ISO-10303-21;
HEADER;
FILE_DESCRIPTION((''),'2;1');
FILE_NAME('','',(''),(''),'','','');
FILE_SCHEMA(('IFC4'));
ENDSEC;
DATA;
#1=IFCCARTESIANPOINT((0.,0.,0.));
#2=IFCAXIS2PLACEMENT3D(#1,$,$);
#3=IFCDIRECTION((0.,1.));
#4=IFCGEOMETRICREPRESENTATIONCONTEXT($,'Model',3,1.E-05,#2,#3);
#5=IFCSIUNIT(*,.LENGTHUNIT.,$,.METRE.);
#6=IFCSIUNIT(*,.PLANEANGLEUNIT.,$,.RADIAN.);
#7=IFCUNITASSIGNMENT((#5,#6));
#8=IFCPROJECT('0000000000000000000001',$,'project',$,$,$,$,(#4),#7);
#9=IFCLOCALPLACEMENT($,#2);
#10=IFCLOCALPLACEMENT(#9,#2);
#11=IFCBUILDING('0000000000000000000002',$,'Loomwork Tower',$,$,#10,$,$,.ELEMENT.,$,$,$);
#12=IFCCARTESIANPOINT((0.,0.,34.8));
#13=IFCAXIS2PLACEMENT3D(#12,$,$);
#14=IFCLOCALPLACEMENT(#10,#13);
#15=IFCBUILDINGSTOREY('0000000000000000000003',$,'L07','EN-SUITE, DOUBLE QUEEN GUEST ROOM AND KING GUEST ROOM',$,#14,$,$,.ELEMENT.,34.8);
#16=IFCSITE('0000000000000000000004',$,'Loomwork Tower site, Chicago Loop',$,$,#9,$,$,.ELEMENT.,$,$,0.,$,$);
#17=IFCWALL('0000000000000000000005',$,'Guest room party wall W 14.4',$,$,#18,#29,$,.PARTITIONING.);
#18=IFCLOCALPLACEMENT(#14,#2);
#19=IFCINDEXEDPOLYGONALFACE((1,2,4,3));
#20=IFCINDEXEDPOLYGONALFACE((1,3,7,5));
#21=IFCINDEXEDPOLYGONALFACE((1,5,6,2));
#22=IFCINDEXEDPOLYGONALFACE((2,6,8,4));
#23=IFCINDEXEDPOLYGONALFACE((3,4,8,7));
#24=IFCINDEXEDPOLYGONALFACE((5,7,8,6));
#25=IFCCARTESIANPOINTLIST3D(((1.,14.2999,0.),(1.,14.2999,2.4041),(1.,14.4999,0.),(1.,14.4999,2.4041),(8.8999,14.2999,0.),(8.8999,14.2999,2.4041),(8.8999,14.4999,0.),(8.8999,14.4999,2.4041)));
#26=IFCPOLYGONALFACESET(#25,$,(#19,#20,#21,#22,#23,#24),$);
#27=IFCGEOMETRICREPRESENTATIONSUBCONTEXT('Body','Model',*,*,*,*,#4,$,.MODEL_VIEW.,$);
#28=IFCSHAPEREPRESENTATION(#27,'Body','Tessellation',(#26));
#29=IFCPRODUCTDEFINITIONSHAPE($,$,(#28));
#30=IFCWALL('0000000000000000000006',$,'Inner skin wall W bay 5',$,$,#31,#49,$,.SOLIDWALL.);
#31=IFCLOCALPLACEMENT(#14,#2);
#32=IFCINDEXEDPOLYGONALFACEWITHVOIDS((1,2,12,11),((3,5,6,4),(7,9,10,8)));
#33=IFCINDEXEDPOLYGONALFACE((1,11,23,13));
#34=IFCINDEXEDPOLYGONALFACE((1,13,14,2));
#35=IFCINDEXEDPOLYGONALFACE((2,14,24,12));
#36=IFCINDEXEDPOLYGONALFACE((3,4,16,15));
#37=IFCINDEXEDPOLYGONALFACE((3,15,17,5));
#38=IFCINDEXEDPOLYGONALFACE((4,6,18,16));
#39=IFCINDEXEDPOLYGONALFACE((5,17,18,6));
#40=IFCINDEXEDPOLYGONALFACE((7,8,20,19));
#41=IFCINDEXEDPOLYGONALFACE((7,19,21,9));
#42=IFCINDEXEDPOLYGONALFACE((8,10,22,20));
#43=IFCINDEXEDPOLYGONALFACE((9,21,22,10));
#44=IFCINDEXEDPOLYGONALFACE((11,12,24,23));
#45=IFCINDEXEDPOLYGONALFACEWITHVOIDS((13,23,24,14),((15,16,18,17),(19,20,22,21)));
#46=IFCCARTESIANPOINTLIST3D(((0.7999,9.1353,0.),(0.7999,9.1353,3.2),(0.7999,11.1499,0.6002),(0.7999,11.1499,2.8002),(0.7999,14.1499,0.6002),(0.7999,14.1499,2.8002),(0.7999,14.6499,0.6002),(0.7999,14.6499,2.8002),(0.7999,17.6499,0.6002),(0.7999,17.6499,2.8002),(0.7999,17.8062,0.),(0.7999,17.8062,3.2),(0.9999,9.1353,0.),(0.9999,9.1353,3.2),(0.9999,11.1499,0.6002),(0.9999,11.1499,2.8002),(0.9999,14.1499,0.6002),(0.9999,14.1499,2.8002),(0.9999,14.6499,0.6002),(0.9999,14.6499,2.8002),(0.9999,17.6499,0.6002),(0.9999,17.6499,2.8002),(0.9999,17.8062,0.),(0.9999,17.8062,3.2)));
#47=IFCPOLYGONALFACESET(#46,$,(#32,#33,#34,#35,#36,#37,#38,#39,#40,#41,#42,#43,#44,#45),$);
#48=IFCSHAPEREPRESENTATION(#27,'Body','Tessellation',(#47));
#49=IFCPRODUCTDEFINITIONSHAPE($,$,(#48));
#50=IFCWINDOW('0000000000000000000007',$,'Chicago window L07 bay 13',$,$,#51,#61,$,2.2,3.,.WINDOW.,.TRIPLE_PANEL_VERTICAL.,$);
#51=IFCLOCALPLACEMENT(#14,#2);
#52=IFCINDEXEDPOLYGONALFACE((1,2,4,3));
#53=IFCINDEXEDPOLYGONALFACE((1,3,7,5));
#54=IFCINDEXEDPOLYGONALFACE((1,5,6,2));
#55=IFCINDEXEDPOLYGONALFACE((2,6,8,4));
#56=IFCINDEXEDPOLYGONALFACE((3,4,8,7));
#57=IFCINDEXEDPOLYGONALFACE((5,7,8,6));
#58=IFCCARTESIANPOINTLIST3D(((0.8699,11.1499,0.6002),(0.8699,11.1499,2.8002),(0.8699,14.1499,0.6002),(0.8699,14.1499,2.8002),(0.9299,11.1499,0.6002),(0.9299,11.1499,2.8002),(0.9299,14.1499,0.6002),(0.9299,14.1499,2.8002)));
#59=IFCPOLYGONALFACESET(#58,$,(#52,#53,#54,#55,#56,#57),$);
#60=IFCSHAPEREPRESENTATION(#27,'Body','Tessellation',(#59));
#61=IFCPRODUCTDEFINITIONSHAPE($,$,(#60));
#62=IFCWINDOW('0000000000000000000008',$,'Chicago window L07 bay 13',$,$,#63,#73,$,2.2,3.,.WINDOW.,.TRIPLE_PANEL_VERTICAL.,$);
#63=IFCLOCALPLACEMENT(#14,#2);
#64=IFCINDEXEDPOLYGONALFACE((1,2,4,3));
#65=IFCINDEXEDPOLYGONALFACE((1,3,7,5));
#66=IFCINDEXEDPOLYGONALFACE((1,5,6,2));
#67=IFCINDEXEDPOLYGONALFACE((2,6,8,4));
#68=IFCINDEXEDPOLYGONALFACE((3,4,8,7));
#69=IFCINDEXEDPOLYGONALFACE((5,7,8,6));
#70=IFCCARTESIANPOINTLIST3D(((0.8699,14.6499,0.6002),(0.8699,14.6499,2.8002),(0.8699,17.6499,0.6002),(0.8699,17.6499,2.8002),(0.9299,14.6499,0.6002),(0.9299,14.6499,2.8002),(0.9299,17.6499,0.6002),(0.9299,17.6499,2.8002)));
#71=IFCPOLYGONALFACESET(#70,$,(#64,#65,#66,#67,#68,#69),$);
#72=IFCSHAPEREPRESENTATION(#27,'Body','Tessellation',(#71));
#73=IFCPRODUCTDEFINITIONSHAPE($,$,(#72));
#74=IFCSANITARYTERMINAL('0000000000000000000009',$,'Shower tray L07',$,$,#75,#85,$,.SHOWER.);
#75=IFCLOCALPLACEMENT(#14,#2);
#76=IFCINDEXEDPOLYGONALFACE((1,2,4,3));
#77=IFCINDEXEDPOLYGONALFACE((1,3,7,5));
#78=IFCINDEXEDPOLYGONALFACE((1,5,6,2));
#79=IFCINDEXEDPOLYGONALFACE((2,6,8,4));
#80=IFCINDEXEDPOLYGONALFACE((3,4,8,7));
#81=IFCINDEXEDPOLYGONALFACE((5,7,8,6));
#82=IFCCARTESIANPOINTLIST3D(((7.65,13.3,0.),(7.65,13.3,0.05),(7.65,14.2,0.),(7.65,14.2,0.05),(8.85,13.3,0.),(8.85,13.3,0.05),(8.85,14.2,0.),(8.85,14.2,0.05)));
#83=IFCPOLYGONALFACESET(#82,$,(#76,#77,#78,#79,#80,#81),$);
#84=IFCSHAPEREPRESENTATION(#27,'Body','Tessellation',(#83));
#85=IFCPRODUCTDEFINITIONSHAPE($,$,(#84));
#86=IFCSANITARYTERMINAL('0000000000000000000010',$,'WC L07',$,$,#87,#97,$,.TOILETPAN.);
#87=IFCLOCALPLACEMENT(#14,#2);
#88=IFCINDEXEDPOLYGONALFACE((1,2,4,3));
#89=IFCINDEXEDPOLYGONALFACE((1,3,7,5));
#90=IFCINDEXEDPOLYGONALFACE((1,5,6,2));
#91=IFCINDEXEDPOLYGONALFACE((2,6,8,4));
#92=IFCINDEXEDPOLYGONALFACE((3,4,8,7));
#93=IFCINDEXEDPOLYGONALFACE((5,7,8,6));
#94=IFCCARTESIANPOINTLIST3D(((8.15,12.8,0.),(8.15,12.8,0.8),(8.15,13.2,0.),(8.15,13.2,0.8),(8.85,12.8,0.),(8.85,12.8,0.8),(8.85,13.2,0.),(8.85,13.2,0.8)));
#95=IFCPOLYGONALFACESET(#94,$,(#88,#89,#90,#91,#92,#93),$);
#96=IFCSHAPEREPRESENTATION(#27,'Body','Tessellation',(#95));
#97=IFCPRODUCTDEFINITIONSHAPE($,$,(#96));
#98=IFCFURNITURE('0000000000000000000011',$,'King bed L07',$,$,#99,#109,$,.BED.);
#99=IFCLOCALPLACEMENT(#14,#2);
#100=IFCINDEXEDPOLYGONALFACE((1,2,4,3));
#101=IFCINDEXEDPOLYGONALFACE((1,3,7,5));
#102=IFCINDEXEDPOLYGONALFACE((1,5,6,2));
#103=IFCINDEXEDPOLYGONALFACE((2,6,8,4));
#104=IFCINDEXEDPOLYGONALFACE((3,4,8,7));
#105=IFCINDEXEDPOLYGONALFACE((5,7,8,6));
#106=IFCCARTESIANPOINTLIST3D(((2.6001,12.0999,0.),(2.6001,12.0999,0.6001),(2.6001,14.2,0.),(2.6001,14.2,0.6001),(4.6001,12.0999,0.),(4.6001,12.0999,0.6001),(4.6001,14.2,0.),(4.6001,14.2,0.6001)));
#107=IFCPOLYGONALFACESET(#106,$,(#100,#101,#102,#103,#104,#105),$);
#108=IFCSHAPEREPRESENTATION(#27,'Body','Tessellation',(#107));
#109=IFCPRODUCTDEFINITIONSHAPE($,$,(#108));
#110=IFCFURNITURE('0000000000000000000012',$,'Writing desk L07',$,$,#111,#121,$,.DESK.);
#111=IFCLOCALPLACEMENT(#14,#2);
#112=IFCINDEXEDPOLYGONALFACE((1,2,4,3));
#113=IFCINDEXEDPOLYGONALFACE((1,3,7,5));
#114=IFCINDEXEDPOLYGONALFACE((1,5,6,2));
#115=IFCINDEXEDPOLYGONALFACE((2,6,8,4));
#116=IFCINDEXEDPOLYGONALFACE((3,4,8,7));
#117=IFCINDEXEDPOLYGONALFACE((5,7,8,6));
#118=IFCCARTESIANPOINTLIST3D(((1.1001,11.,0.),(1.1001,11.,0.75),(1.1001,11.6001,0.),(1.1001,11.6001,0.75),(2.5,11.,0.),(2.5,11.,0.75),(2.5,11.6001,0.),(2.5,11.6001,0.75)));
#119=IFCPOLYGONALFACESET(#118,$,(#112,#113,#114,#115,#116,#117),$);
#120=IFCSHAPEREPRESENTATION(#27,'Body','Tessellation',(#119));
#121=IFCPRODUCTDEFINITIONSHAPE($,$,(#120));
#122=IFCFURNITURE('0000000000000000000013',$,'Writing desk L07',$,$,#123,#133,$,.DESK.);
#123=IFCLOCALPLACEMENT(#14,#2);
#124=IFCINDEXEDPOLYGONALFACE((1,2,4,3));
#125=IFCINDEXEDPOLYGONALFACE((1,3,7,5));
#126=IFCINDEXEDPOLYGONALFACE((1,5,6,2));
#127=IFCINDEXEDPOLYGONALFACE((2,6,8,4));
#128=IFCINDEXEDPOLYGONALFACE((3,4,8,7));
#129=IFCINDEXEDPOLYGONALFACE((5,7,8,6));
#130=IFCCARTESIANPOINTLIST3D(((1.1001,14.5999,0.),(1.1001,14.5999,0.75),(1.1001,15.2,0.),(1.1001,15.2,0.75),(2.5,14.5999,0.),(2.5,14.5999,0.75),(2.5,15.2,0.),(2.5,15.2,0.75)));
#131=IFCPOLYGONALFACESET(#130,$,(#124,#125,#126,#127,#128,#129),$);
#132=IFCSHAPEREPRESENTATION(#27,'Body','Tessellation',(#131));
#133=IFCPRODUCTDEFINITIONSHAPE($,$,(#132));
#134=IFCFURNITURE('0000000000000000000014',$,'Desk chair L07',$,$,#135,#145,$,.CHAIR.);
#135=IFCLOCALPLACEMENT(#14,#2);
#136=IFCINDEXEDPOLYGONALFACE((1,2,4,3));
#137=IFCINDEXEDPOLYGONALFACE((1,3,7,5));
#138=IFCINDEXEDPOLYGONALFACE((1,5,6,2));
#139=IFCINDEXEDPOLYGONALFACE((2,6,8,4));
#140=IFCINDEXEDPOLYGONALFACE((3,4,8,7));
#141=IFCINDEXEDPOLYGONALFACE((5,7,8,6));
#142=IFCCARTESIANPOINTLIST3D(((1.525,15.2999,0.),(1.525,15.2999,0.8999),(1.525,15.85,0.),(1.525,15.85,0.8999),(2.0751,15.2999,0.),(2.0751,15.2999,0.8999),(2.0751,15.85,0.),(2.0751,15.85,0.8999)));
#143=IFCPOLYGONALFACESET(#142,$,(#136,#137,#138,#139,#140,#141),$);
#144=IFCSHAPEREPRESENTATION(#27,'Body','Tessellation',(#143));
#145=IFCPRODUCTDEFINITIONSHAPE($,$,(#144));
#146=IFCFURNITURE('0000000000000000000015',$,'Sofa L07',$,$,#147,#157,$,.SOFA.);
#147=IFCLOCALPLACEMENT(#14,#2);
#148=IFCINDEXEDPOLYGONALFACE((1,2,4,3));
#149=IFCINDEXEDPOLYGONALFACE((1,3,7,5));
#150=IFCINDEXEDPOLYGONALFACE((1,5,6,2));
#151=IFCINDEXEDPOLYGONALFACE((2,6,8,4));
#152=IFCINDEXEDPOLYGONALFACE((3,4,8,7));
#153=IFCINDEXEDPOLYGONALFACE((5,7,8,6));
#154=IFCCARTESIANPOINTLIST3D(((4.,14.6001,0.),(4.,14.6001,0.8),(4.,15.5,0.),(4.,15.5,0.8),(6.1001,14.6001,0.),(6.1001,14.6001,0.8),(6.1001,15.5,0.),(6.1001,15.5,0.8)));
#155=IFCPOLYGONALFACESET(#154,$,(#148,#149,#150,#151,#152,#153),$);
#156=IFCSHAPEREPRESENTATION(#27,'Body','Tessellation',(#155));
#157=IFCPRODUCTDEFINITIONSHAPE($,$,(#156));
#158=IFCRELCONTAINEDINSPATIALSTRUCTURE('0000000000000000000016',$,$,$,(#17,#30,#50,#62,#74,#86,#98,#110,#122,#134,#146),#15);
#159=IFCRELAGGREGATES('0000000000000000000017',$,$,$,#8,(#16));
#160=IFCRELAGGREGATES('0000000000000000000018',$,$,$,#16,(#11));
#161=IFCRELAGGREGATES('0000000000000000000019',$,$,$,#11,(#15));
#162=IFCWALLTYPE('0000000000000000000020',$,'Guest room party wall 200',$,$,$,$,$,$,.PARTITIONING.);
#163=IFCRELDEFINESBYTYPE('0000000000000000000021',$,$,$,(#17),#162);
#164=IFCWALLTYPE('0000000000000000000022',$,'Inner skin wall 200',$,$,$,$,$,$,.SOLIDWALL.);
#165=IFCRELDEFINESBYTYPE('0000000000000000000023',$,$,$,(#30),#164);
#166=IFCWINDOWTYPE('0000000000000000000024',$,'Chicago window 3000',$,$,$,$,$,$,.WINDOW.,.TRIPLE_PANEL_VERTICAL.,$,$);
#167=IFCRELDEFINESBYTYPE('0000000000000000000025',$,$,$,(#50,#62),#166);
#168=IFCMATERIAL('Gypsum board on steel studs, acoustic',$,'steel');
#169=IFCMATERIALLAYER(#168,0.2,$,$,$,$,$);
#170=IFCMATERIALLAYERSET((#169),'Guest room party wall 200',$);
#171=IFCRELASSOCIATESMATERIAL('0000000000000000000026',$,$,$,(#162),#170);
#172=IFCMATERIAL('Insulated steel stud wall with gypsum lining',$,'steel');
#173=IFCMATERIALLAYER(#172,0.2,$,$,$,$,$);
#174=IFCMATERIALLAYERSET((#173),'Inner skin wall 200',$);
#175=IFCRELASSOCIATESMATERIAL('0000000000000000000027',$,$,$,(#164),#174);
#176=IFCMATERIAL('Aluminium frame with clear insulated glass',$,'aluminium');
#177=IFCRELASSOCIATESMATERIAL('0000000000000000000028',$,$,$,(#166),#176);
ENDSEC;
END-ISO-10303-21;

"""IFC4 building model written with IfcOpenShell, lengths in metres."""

from ifc_helpers import new_model, si_unit, direction, frame, frame_2d, origin, origin_2d, place, context, subcontext, project, spatial, rectangle, extrude, material, layer, layer_set, type_object, element, fill, save


model = new_model("IFC4")

# Units and contexts
model_context = context("Model", 3, precision=1e-05, world=origin(), true_north=direction((0.0, 1.0)))
body_context = subcontext(model_context, "Body", "Model", "MODEL_VIEW")
ifc_project = project(units=[si_unit("LENGTHUNIT", "METRE"), si_unit("PLANEANGLEUNIT", "RADIAN")], contexts=[model_context])

# Site, building, storey
site_placement = place(None, origin())
site = spatial("IfcSite", under=ifc_project, at=site_placement, Name="Loomwork Tower site, Chicago Loop", CompositionType="ELEMENT", RefElevation=0.0)
building_placement = place(site_placement, origin())
building = spatial("IfcBuilding", under=site, at=building_placement, Name="Loomwork Tower", CompositionType="ELEMENT")
storey_placement = place(building_placement, frame((0.0, 0.0, 34.8)))
storey = spatial("IfcBuildingStorey", under=building, at=storey_placement, Name="L07", Description="EN-SUITE, DOUBLE QUEEN GUEST ROOM AND KING GUEST ROOM", CompositionType="ELEMENT", Elevation=34.8)

# Wall
ifc_material_1 = material(Name="Gypsum board on steel studs, acoustic", Category="steel")
ifc_layer_1 = layer(ifc_material_1, 0.2)
ifc_layer_set_1 = layer_set([ifc_layer_1], Name="Guest room party wall 200")
wall_type_1 = type_object("IfcWallType", Name="Guest room party wall 200", PredefinedType="PARTITIONING", material=ifc_layer_set_1)
wall_1_placement = place(storey_placement, frame((8.8999, 14.3999, 0.0), z_axis=(0.0, 0.0, 1.0), x_axis=(-1.0, 0.0, 0.0)))
element("IfcWall", 1, at=wall_1_placement, inside=storey, type_object=wall_type_1, Name="Guest room party wall W 14.4", PredefinedType="PARTITIONING", context=body_context, shape_type="SweptSolid", body=[
    extrude(rectangle(XDim=7.8999, YDim=0.2, at=frame_2d((3.95, 0.0))), origin(), (0.0, 0.0, 1.0), 2.4041),
])

# Wall, openings, windows
ifc_material_2 = material(Name="Insulated steel stud wall with gypsum lining", Category="steel")
ifc_layer_2 = layer(ifc_material_2, 0.2)
ifc_layer_set_2 = layer_set([ifc_layer_2], Name="Inner skin wall 200")
wall_type_2 = type_object("IfcWallType", Name="Inner skin wall 200", PredefinedType="SOLIDWALL", material=ifc_layer_set_2)
wall_2_placement = place(storey_placement, frame((0.8999, 9.1353, 0.0), z_axis=(0.0, 0.0, 1.0), x_axis=(0.0, 1.0, 0.0)))
wall_2 = element("IfcWall", 2, at=wall_2_placement, inside=storey, type_object=wall_type_2, Name="Inner skin wall W bay 5", PredefinedType="SOLIDWALL", context=body_context, shape_type="SweptSolid", body=[
    extrude(rectangle(XDim=8.6709, YDim=0.2, at=frame_2d((4.3354, 0.0))), origin(), (0.0, 0.0, 1.0), 3.2),
])
opening_1_placement = place(wall_2_placement, frame((2.0146, 0.0, 0.6001)))
opening_1 = element("IfcOpeningElement", 3, at=opening_1_placement, cuts=wall_2, PredefinedType="OPENING", context=body_context, shape_type="SweptSolid", body=[
    extrude(rectangle(XDim=3.0, YDim=2.2, at=frame_2d((1.5, 1.1001))), frame((0.0, 0.1099, 0.0), z_axis=(0.0, -1.0, 0.0), x_axis=(1.0, 0.0, 0.0)), (0.0, 0.0, 1.0), 0.22),
])
opening_2_placement = place(wall_2_placement, frame((5.5146, 0.0, 0.6001)))
opening_2 = element("IfcOpeningElement", 4, at=opening_2_placement, cuts=wall_2, PredefinedType="OPENING", context=body_context, shape_type="SweptSolid", body=[
    extrude(rectangle(XDim=3.0, YDim=2.2, at=frame_2d((1.5, 1.1001))), frame((0.0, 0.1099, 0.0), z_axis=(0.0, -1.0, 0.0), x_axis=(1.0, 0.0, 0.0)), (0.0, 0.0, 1.0), 0.22),
])
ifc_material_3 = material(Name="Aluminium frame with clear insulated glass", Category="aluminium")
window_type = type_object("IfcWindowType", Name="Chicago window 3000", PartitioningType="TRIPLE_PANEL_VERTICAL", PredefinedType="WINDOW", material=ifc_material_3)
window_1_placement = place(opening_1_placement, origin())
window_1 = element("IfcWindow", 5, at=window_1_placement, inside=storey, type_object=window_type, Name="Chicago window L07 bay 13", OverallHeight=2.2, OverallWidth=3.0, PartitioningType="TRIPLE_PANEL_VERTICAL", PredefinedType="WINDOW", context=body_context, shape_type="SweptSolid", body=[
    extrude(rectangle(XDim=3.0, YDim=2.2, at=frame_2d((1.5, 1.1001))), frame((0.0, 0.03, 0.0), z_axis=(0.0, -1.0, 0.0), x_axis=(1.0, 0.0, 0.0)), (0.0, 0.0, 1.0), 0.0601),
])
fill(opening_1, window_1)
window_2_placement = place(opening_2_placement, origin())
window_2 = element("IfcWindow", 6, at=window_2_placement, inside=storey, type_object=window_type, Name="Chicago window L07 bay 13", OverallHeight=2.2, OverallWidth=3.0, PartitioningType="TRIPLE_PANEL_VERTICAL", PredefinedType="WINDOW", context=body_context, shape_type="SweptSolid", body=[
    extrude(rectangle(XDim=3.0, YDim=2.2, at=frame_2d((1.5, 1.1001))), frame((0.0, 0.03, 0.0), z_axis=(0.0, -1.0, 0.0), x_axis=(1.0, 0.0, 0.0)), (0.0, 0.0, 1.0), 0.0601),
])
fill(opening_2, window_2)

# Sanitary terminals
sanitary_terminal_1_placement = place(storey_placement, frame((8.25, 13.75, 0.0), z_axis=(0.0, 0.0, 1.0), x_axis=(1.0, 0.0, 0.0)))
element("IfcSanitaryTerminal", 7, at=sanitary_terminal_1_placement, inside=storey, Name="Shower tray L07", PredefinedType="SHOWER", context=body_context, shape_type="SweptSolid", body=[
    extrude(rectangle(XDim=1.2, YDim=0.8999, at=origin_2d()), origin(), (0.0, 0.0, 1.0), 0.05),
])
sanitary_terminal_2_placement = place(storey_placement, frame((8.5, 13.0, 0.0), z_axis=(0.0, 0.0, 1.0), x_axis=(1.0, 0.0, 0.0)))
element("IfcSanitaryTerminal", 8, at=sanitary_terminal_2_placement, inside=storey, Name="WC L07", PredefinedType="TOILETPAN", context=body_context, shape_type="SweptSolid", body=[
    extrude(rectangle(XDim=0.7, YDim=0.3999, at=origin_2d()), origin(), (0.0, 0.0, 1.0), 0.8),
])

# Furniture
furniture_1_placement = place(storey_placement, frame((3.6001, 13.1499, 0.0), z_axis=(0.0, 0.0, 1.0), x_axis=(1.0, 0.0, 0.0)))
element("IfcFurniture", 9, at=furniture_1_placement, inside=storey, Name="King bed L07", PredefinedType="BED", context=body_context, shape_type="SweptSolid", body=[
    extrude(rectangle(XDim=2.0, YDim=2.1001, at=origin_2d()), origin(), (0.0, 0.0, 1.0), 0.6001),
])
for number, where, z_axis, x_axis, name in (
    (10, (1.8, 11.3, 0.0), (0.0, 0.0, 1.0), (1.0, 0.0, 0.0), "Writing desk L07"),
    (11, (1.8, 14.8999, 0.0), (0.0, 0.0, 1.0), (1.0, 0.0, 0.0), "Writing desk L07"),
):
    element("IfcFurniture", number, at=place(storey_placement, frame(where, z_axis=z_axis, x_axis=x_axis)), inside=storey, Name=name, PredefinedType="DESK", context=body_context, shape_type="SweptSolid", body=[
        extrude(rectangle(XDim=1.3999, YDim=0.6001, at=origin_2d()), origin(), (0.0, 0.0, 1.0), 0.75),
    ])
furniture_2_placement = place(storey_placement, frame((1.8, 15.575, 0.0), z_axis=(0.0, 0.0, 1.0), x_axis=(1.0, 0.0, 0.0)))
element("IfcFurniture", 12, at=furniture_2_placement, inside=storey, Name="Desk chair L07", PredefinedType="CHAIR", context=body_context, shape_type="SweptSolid", body=[
    extrude(rectangle(XDim=0.55, YDim=0.55, at=origin_2d()), origin(), (0.0, 0.0, 1.0), 0.8999),
])
furniture_3_placement = place(storey_placement, frame((5.05, 15.05, 0.0), z_axis=(0.0, 0.0, 1.0), x_axis=(1.0, 0.0, 0.0)))
element("IfcFurniture", 13, at=furniture_3_placement, inside=storey, Name="Sofa L07", PredefinedType="SOFA", context=body_context, shape_type="SweptSolid", body=[
    extrude(rectangle(XDim=2.1001, YDim=0.8999, at=origin_2d()), origin(), (0.0, 0.0, 1.0), 0.8),
])

save(model, "model.ifc")
